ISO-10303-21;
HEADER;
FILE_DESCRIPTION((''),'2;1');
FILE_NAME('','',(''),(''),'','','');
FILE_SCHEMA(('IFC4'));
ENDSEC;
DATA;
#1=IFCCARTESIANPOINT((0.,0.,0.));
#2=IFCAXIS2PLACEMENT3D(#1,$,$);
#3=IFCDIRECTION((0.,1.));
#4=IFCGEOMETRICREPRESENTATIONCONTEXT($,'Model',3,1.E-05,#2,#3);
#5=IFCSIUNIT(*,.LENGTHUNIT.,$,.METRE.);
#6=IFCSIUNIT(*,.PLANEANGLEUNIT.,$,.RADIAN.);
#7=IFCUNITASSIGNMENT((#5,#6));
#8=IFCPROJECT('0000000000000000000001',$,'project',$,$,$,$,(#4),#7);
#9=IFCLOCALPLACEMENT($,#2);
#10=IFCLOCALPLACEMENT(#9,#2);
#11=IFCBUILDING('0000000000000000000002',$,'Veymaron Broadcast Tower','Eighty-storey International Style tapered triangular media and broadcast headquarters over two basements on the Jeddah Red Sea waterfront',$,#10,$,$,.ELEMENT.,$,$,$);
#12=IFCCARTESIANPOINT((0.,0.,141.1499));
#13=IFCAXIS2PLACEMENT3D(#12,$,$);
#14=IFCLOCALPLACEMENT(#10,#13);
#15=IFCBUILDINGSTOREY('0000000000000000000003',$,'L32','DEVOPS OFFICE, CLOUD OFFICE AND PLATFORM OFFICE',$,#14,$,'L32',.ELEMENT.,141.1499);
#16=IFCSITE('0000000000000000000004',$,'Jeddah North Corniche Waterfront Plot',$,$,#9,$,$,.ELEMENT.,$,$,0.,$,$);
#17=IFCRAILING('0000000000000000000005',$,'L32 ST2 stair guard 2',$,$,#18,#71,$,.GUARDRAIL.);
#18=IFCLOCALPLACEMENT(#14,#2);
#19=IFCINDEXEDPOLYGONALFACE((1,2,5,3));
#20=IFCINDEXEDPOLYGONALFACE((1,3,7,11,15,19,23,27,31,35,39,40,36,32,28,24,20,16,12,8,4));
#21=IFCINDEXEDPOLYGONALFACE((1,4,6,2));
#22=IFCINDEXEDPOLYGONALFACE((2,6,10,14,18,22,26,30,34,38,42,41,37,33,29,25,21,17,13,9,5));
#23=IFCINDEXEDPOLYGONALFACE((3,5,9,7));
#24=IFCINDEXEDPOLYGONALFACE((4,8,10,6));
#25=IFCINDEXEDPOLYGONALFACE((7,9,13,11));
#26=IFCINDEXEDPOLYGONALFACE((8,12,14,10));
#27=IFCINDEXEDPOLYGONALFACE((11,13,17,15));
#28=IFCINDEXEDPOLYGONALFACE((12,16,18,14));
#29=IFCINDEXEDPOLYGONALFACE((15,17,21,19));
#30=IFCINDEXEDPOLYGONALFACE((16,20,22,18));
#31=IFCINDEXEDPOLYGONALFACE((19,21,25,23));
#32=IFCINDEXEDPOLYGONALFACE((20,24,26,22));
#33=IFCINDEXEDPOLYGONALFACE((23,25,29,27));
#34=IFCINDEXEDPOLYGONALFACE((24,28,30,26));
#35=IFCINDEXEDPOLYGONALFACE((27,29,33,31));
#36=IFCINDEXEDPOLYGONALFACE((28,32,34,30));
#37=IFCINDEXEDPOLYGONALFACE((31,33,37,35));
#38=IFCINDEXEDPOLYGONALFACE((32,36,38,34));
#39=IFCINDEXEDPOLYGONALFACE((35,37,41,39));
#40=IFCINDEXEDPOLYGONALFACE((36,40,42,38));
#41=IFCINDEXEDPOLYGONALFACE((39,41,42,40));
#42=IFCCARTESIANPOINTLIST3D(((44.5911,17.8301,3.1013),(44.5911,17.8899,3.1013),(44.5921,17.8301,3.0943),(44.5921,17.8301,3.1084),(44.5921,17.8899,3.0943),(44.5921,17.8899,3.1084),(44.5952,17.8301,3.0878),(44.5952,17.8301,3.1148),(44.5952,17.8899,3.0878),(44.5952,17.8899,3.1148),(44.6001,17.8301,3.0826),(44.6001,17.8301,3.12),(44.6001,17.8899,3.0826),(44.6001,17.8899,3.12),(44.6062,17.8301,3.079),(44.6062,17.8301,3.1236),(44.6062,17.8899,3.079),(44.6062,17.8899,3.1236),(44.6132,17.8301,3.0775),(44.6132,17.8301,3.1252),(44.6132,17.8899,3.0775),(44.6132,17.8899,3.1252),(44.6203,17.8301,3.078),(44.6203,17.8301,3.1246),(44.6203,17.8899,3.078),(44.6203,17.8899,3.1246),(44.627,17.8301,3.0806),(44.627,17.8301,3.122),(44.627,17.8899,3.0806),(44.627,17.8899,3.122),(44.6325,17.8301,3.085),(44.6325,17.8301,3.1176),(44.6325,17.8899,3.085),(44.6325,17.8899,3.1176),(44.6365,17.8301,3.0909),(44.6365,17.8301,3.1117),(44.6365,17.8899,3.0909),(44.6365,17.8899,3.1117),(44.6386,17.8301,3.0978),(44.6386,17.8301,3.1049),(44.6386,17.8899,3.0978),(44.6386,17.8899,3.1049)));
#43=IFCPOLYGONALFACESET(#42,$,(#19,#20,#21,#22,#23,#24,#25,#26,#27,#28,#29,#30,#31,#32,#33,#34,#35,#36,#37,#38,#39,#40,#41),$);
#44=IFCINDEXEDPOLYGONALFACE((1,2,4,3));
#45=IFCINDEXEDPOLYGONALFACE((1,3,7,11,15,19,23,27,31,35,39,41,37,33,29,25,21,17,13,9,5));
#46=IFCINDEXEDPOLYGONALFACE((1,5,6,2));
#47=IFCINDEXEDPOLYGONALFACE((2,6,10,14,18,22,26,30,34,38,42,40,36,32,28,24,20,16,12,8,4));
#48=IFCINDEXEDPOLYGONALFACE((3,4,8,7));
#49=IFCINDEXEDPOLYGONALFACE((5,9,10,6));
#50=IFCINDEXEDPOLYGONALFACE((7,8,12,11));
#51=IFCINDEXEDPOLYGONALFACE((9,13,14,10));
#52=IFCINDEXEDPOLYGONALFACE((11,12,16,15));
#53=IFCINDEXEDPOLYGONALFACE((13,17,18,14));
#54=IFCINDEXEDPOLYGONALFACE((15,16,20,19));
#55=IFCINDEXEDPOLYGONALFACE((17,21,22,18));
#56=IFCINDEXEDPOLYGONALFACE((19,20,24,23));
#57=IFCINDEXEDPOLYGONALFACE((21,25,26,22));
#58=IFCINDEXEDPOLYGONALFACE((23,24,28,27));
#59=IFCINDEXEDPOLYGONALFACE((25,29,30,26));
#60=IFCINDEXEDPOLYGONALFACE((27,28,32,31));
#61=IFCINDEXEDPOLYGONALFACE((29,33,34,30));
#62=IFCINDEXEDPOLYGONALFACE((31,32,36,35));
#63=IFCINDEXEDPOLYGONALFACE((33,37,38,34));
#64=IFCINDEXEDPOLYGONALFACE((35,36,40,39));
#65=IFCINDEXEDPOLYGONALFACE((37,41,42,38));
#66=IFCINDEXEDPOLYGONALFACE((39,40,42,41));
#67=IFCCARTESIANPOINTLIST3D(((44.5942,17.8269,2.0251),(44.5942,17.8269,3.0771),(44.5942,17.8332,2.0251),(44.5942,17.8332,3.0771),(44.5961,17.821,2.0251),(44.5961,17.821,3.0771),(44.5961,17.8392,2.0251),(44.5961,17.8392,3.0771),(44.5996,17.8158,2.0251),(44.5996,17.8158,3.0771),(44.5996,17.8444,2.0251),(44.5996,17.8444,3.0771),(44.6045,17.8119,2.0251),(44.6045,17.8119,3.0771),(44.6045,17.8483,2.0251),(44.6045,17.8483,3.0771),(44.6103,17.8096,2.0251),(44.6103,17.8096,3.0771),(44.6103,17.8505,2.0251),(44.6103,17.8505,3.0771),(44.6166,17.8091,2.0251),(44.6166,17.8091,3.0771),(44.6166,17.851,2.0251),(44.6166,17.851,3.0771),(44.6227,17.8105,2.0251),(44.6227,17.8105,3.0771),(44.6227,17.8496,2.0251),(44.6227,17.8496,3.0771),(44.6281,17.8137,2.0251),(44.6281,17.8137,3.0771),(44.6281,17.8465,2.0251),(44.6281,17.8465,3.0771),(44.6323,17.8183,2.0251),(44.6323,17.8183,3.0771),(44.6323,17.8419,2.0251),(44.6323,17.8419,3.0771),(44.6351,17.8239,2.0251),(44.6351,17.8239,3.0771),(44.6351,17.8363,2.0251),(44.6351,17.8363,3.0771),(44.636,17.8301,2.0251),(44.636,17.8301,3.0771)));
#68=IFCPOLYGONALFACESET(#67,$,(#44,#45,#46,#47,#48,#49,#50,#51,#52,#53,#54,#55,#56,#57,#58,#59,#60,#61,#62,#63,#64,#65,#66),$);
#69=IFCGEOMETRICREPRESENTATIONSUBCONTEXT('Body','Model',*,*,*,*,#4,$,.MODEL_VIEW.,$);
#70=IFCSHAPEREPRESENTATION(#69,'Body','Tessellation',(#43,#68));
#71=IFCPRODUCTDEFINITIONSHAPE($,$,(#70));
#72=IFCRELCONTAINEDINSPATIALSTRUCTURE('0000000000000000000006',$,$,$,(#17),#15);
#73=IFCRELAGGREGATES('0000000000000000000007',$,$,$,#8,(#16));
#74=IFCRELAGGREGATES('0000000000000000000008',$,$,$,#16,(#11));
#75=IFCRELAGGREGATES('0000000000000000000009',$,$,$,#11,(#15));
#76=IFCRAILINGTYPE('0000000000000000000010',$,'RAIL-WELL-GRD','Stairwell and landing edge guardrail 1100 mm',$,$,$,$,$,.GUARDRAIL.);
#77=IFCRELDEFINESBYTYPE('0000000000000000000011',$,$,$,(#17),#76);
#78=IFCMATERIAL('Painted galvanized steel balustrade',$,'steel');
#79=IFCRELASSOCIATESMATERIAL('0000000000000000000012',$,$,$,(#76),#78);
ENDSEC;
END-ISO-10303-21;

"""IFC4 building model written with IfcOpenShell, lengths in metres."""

from ifc_helpers import new_model, si_unit, direction, frame, origin, origin_2d, place, context, subcontext, project, spatial, circle, extrude, material, type_object, element, save


model = new_model("IFC4")

# Units and contexts
model_context = context("Model", 3, precision=1e-05, world=origin(), true_north=direction((0.0, 1.0)))
body_context = subcontext(model_context, "Body", "Model", "MODEL_VIEW")
ifc_project = project(units=[si_unit("LENGTHUNIT", "METRE"), si_unit("PLANEANGLEUNIT", "RADIAN")], contexts=[model_context])

# Site, building, storey
site_placement = place(None, origin())
site = spatial("IfcSite", under=ifc_project, at=site_placement, Name="Jeddah North Corniche Waterfront Plot", CompositionType="ELEMENT", RefElevation=0.0)
building_placement = place(site_placement, origin())
building = spatial("IfcBuilding", under=site, at=building_placement, Name="Veymaron Broadcast Tower", Description="Eighty-storey International Style tapered triangular media and broadcast headquarters over two basements on the Jeddah Red Sea waterfront", CompositionType="ELEMENT")
storey_placement = place(building_placement, frame((0.0, 0.0, 141.1499)))
storey = spatial("IfcBuildingStorey", under=building, at=storey_placement, Name="L32", Description="DEVOPS OFFICE, CLOUD OFFICE AND PLATFORM OFFICE", LongName="L32", CompositionType="ELEMENT", Elevation=141.1499)

# Railing
ifc_material_1 = material(Name="Painted galvanized steel balustrade", Category="steel")
railing_type_1 = type_object("IfcRailingType", Name="RAIL-WELL-GRD", Description="Stairwell and landing edge guardrail 1100 mm", PredefinedType="GUARDRAIL", material=ifc_material_1)
railing_1_placement = place(storey_placement, frame((44.615, 17.8301, 2.0251)))
element("IfcRailing", 1, at=railing_1_placement, inside=storey, type_object=railing_type_1, Name="L32 ST2 stair guard 2", PredefinedType="GUARDRAIL", context=body_context, shape_type="SweptSolid", body=[
    extrude(circle(Radius=0.0239, at=origin_2d()), frame((0.0, 0.0, 1.0762), z_axis=(0.0, 1.0, 0.0), x_axis=(-1.0, 0.0, 0.0)), (0.0, 0.0, 1.0), 0.0598),
    extrude(circle(Radius=0.021, at=origin_2d()), origin(), (0.0, 0.0, 1.0), 1.052),
])

save(model, "model.ifc")
